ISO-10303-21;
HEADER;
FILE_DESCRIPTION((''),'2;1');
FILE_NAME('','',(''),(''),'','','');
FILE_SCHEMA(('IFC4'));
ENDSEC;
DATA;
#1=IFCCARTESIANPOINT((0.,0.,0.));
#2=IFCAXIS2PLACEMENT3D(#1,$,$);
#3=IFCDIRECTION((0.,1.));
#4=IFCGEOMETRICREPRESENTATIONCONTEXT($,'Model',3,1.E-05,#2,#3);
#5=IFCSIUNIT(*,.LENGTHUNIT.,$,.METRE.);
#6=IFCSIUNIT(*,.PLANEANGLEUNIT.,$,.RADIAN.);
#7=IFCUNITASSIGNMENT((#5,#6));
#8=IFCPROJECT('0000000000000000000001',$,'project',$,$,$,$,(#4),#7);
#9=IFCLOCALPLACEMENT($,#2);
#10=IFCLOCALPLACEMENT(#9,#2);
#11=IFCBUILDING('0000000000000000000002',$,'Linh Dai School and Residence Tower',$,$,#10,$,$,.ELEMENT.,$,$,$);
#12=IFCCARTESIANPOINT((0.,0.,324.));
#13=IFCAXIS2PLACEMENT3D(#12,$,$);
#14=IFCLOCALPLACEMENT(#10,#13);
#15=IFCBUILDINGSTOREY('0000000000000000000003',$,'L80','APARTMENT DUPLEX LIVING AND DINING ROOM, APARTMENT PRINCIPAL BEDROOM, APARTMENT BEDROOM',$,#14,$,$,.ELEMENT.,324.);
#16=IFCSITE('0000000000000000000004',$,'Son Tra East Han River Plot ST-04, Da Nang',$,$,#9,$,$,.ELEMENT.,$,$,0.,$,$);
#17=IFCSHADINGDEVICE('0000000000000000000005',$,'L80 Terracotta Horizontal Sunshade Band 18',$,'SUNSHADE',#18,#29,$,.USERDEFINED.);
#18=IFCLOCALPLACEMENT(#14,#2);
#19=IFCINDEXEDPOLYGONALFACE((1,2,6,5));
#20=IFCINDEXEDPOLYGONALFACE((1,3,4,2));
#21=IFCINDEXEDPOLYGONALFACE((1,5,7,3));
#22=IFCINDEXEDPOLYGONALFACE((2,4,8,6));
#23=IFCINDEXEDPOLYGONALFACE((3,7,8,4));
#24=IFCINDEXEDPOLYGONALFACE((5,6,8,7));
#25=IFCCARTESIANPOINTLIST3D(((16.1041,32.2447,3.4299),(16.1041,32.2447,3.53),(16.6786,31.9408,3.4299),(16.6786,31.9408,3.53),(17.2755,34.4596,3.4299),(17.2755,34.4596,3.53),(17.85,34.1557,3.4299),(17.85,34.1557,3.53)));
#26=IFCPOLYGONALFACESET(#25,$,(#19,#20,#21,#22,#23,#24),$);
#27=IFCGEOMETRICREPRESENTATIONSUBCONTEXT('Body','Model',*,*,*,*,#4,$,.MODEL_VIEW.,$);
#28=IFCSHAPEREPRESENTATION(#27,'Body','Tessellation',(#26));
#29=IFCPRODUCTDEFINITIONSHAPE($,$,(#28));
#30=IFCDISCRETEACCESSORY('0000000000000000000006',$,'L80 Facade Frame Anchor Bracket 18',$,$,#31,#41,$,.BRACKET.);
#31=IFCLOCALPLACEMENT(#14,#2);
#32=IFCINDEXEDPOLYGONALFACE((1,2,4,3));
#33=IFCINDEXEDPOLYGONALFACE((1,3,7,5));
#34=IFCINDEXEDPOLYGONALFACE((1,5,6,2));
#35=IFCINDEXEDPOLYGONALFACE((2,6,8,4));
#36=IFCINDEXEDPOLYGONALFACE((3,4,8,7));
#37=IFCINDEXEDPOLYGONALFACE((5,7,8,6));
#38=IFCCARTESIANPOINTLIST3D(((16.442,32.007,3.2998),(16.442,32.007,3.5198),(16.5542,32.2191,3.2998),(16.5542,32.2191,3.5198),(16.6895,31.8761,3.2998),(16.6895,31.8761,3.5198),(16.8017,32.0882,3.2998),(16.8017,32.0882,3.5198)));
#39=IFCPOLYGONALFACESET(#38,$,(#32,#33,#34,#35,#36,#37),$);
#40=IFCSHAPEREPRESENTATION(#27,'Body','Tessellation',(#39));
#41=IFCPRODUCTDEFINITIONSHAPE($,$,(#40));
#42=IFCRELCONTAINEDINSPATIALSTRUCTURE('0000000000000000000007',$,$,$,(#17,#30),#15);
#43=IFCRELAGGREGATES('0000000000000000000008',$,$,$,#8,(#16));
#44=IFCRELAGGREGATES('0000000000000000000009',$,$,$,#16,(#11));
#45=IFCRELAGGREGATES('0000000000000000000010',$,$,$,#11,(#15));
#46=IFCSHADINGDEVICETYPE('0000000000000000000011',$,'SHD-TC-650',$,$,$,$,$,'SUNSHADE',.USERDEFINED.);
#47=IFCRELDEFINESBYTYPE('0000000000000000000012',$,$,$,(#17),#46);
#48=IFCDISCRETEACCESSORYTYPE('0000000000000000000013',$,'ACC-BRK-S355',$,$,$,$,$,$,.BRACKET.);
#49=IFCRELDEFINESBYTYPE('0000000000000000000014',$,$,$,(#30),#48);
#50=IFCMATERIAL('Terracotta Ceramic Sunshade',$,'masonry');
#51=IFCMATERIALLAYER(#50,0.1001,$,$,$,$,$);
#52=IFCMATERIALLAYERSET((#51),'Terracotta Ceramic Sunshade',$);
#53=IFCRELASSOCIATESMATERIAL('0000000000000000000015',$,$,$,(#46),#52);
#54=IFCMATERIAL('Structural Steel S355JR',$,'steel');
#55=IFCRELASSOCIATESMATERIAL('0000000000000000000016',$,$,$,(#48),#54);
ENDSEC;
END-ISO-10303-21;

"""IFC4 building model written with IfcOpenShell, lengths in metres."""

from ifc_helpers import new_model, si_unit, direction, frame, origin, origin_2d, place, context, subcontext, project, spatial, rectangle, extrude, source, transform, mapped, material, layer, layer_set, type_object, element, save


model = new_model("IFC4")

# Units and contexts
model_context = context("Model", 3, precision=1e-05, world=origin(), true_north=direction((0.0, 1.0)))
body_context = subcontext(model_context, "Body", "Model", "MODEL_VIEW")
ifc_project = project(units=[si_unit("LENGTHUNIT", "METRE"), si_unit("PLANEANGLEUNIT", "RADIAN")], contexts=[model_context])

# Site, building, storey
site_placement = place(None, origin())
site = spatial("IfcSite", under=ifc_project, at=site_placement, Name="Son Tra East Han River Plot ST-04, Da Nang", CompositionType="ELEMENT", RefElevation=0.0)
building_placement = place(site_placement, origin())
building = spatial("IfcBuilding", under=site, at=building_placement, Name="Linh Dai School and Residence Tower", CompositionType="ELEMENT")
storey_placement = place(building_placement, frame((0.0, 0.0, 324.0)))
storey = spatial("IfcBuildingStorey", under=building, at=storey_placement, Name="L80", Description="APARTMENT DUPLEX LIVING AND DINING ROOM, APARTMENT PRINCIPAL BEDROOM, APARTMENT BEDROOM", CompositionType="ELEMENT", Elevation=324.0)

# Shared definitions
ifc_material_1 = material(Name="Structural Steel S355JR", Category="steel")

# Shading device
ifc_material_2 = material(Name="Terracotta Ceramic Sunshade", Category="masonry")
ifc_layer_1 = layer(ifc_material_2, 0.1001)
ifc_layer_set_1 = layer_set([ifc_layer_1], Name="Terracotta Ceramic Sunshade")
shading_device_type = type_object("IfcShadingDeviceType", Name="SHD-TC-650", ElementType="SUNSHADE", PredefinedType="USERDEFINED", material=ifc_layer_set_1)
shared_shape_1 = source(origin(), body_context, "Body", "SweptSolid", [
    extrude(rectangle(XDim=2.5056, YDim=0.6499, at=origin_2d()), origin(), (0.0, 0.0, 1.0), 0.1001),
])
shading_device_placement = place(storey_placement, frame((16.9771, 33.2002, 3.4299), z_axis=(0.0, 0.0, 1.0), x_axis=(0.46754, 0.883972, 0.0)))
element("IfcShadingDevice", 1, at=shading_device_placement, inside=storey, type_object=shading_device_type, Name="L80 Terracotta Horizontal Sunshade Band 18", ObjectType="SUNSHADE", PredefinedType="USERDEFINED", context=body_context, shape_type="MappedRepresentation", body=[
    mapped(shared_shape_1, transform((0.0, 0.0, 0.0), x_axis=(1.0, 0.0, 0.0), y_axis=(0.0, 1.0, 0.0), z_axis=(0.0, 0.0, 1.0), scale=1.0)),
])

# Discrete accessory
discrete_accessory_type = type_object("IfcDiscreteAccessoryType", Name="ACC-BRK-S355", PredefinedType="BRACKET", material=ifc_material_1)
shared_shape_2 = source(origin(), body_context, "Body", "SweptSolid", [
    extrude(rectangle(XDim=0.28, YDim=0.24, at=origin_2d()), origin(), (0.0, 0.0, 1.0), 0.22),
])
discrete_accessory_placement = place(storey_placement, frame((16.6218, 32.0476, 3.2998), z_axis=(0.0, 0.0, 1.0), x_axis=(-0.883972, 0.46754, 0.0)))
element("IfcDiscreteAccessory", 2, at=discrete_accessory_placement, inside=storey, type_object=discrete_accessory_type, Name="L80 Facade Frame Anchor Bracket 18", PredefinedType="BRACKET", context=body_context, shape_type="MappedRepresentation", body=[
    mapped(shared_shape_2, transform((0.0, 0.0, 0.0), x_axis=(1.0, 0.0, 0.0), y_axis=(0.0, 1.0, 0.0), z_axis=(0.0, 0.0, 1.0), scale=1.0)),
])

save(model, "model.ifc")
